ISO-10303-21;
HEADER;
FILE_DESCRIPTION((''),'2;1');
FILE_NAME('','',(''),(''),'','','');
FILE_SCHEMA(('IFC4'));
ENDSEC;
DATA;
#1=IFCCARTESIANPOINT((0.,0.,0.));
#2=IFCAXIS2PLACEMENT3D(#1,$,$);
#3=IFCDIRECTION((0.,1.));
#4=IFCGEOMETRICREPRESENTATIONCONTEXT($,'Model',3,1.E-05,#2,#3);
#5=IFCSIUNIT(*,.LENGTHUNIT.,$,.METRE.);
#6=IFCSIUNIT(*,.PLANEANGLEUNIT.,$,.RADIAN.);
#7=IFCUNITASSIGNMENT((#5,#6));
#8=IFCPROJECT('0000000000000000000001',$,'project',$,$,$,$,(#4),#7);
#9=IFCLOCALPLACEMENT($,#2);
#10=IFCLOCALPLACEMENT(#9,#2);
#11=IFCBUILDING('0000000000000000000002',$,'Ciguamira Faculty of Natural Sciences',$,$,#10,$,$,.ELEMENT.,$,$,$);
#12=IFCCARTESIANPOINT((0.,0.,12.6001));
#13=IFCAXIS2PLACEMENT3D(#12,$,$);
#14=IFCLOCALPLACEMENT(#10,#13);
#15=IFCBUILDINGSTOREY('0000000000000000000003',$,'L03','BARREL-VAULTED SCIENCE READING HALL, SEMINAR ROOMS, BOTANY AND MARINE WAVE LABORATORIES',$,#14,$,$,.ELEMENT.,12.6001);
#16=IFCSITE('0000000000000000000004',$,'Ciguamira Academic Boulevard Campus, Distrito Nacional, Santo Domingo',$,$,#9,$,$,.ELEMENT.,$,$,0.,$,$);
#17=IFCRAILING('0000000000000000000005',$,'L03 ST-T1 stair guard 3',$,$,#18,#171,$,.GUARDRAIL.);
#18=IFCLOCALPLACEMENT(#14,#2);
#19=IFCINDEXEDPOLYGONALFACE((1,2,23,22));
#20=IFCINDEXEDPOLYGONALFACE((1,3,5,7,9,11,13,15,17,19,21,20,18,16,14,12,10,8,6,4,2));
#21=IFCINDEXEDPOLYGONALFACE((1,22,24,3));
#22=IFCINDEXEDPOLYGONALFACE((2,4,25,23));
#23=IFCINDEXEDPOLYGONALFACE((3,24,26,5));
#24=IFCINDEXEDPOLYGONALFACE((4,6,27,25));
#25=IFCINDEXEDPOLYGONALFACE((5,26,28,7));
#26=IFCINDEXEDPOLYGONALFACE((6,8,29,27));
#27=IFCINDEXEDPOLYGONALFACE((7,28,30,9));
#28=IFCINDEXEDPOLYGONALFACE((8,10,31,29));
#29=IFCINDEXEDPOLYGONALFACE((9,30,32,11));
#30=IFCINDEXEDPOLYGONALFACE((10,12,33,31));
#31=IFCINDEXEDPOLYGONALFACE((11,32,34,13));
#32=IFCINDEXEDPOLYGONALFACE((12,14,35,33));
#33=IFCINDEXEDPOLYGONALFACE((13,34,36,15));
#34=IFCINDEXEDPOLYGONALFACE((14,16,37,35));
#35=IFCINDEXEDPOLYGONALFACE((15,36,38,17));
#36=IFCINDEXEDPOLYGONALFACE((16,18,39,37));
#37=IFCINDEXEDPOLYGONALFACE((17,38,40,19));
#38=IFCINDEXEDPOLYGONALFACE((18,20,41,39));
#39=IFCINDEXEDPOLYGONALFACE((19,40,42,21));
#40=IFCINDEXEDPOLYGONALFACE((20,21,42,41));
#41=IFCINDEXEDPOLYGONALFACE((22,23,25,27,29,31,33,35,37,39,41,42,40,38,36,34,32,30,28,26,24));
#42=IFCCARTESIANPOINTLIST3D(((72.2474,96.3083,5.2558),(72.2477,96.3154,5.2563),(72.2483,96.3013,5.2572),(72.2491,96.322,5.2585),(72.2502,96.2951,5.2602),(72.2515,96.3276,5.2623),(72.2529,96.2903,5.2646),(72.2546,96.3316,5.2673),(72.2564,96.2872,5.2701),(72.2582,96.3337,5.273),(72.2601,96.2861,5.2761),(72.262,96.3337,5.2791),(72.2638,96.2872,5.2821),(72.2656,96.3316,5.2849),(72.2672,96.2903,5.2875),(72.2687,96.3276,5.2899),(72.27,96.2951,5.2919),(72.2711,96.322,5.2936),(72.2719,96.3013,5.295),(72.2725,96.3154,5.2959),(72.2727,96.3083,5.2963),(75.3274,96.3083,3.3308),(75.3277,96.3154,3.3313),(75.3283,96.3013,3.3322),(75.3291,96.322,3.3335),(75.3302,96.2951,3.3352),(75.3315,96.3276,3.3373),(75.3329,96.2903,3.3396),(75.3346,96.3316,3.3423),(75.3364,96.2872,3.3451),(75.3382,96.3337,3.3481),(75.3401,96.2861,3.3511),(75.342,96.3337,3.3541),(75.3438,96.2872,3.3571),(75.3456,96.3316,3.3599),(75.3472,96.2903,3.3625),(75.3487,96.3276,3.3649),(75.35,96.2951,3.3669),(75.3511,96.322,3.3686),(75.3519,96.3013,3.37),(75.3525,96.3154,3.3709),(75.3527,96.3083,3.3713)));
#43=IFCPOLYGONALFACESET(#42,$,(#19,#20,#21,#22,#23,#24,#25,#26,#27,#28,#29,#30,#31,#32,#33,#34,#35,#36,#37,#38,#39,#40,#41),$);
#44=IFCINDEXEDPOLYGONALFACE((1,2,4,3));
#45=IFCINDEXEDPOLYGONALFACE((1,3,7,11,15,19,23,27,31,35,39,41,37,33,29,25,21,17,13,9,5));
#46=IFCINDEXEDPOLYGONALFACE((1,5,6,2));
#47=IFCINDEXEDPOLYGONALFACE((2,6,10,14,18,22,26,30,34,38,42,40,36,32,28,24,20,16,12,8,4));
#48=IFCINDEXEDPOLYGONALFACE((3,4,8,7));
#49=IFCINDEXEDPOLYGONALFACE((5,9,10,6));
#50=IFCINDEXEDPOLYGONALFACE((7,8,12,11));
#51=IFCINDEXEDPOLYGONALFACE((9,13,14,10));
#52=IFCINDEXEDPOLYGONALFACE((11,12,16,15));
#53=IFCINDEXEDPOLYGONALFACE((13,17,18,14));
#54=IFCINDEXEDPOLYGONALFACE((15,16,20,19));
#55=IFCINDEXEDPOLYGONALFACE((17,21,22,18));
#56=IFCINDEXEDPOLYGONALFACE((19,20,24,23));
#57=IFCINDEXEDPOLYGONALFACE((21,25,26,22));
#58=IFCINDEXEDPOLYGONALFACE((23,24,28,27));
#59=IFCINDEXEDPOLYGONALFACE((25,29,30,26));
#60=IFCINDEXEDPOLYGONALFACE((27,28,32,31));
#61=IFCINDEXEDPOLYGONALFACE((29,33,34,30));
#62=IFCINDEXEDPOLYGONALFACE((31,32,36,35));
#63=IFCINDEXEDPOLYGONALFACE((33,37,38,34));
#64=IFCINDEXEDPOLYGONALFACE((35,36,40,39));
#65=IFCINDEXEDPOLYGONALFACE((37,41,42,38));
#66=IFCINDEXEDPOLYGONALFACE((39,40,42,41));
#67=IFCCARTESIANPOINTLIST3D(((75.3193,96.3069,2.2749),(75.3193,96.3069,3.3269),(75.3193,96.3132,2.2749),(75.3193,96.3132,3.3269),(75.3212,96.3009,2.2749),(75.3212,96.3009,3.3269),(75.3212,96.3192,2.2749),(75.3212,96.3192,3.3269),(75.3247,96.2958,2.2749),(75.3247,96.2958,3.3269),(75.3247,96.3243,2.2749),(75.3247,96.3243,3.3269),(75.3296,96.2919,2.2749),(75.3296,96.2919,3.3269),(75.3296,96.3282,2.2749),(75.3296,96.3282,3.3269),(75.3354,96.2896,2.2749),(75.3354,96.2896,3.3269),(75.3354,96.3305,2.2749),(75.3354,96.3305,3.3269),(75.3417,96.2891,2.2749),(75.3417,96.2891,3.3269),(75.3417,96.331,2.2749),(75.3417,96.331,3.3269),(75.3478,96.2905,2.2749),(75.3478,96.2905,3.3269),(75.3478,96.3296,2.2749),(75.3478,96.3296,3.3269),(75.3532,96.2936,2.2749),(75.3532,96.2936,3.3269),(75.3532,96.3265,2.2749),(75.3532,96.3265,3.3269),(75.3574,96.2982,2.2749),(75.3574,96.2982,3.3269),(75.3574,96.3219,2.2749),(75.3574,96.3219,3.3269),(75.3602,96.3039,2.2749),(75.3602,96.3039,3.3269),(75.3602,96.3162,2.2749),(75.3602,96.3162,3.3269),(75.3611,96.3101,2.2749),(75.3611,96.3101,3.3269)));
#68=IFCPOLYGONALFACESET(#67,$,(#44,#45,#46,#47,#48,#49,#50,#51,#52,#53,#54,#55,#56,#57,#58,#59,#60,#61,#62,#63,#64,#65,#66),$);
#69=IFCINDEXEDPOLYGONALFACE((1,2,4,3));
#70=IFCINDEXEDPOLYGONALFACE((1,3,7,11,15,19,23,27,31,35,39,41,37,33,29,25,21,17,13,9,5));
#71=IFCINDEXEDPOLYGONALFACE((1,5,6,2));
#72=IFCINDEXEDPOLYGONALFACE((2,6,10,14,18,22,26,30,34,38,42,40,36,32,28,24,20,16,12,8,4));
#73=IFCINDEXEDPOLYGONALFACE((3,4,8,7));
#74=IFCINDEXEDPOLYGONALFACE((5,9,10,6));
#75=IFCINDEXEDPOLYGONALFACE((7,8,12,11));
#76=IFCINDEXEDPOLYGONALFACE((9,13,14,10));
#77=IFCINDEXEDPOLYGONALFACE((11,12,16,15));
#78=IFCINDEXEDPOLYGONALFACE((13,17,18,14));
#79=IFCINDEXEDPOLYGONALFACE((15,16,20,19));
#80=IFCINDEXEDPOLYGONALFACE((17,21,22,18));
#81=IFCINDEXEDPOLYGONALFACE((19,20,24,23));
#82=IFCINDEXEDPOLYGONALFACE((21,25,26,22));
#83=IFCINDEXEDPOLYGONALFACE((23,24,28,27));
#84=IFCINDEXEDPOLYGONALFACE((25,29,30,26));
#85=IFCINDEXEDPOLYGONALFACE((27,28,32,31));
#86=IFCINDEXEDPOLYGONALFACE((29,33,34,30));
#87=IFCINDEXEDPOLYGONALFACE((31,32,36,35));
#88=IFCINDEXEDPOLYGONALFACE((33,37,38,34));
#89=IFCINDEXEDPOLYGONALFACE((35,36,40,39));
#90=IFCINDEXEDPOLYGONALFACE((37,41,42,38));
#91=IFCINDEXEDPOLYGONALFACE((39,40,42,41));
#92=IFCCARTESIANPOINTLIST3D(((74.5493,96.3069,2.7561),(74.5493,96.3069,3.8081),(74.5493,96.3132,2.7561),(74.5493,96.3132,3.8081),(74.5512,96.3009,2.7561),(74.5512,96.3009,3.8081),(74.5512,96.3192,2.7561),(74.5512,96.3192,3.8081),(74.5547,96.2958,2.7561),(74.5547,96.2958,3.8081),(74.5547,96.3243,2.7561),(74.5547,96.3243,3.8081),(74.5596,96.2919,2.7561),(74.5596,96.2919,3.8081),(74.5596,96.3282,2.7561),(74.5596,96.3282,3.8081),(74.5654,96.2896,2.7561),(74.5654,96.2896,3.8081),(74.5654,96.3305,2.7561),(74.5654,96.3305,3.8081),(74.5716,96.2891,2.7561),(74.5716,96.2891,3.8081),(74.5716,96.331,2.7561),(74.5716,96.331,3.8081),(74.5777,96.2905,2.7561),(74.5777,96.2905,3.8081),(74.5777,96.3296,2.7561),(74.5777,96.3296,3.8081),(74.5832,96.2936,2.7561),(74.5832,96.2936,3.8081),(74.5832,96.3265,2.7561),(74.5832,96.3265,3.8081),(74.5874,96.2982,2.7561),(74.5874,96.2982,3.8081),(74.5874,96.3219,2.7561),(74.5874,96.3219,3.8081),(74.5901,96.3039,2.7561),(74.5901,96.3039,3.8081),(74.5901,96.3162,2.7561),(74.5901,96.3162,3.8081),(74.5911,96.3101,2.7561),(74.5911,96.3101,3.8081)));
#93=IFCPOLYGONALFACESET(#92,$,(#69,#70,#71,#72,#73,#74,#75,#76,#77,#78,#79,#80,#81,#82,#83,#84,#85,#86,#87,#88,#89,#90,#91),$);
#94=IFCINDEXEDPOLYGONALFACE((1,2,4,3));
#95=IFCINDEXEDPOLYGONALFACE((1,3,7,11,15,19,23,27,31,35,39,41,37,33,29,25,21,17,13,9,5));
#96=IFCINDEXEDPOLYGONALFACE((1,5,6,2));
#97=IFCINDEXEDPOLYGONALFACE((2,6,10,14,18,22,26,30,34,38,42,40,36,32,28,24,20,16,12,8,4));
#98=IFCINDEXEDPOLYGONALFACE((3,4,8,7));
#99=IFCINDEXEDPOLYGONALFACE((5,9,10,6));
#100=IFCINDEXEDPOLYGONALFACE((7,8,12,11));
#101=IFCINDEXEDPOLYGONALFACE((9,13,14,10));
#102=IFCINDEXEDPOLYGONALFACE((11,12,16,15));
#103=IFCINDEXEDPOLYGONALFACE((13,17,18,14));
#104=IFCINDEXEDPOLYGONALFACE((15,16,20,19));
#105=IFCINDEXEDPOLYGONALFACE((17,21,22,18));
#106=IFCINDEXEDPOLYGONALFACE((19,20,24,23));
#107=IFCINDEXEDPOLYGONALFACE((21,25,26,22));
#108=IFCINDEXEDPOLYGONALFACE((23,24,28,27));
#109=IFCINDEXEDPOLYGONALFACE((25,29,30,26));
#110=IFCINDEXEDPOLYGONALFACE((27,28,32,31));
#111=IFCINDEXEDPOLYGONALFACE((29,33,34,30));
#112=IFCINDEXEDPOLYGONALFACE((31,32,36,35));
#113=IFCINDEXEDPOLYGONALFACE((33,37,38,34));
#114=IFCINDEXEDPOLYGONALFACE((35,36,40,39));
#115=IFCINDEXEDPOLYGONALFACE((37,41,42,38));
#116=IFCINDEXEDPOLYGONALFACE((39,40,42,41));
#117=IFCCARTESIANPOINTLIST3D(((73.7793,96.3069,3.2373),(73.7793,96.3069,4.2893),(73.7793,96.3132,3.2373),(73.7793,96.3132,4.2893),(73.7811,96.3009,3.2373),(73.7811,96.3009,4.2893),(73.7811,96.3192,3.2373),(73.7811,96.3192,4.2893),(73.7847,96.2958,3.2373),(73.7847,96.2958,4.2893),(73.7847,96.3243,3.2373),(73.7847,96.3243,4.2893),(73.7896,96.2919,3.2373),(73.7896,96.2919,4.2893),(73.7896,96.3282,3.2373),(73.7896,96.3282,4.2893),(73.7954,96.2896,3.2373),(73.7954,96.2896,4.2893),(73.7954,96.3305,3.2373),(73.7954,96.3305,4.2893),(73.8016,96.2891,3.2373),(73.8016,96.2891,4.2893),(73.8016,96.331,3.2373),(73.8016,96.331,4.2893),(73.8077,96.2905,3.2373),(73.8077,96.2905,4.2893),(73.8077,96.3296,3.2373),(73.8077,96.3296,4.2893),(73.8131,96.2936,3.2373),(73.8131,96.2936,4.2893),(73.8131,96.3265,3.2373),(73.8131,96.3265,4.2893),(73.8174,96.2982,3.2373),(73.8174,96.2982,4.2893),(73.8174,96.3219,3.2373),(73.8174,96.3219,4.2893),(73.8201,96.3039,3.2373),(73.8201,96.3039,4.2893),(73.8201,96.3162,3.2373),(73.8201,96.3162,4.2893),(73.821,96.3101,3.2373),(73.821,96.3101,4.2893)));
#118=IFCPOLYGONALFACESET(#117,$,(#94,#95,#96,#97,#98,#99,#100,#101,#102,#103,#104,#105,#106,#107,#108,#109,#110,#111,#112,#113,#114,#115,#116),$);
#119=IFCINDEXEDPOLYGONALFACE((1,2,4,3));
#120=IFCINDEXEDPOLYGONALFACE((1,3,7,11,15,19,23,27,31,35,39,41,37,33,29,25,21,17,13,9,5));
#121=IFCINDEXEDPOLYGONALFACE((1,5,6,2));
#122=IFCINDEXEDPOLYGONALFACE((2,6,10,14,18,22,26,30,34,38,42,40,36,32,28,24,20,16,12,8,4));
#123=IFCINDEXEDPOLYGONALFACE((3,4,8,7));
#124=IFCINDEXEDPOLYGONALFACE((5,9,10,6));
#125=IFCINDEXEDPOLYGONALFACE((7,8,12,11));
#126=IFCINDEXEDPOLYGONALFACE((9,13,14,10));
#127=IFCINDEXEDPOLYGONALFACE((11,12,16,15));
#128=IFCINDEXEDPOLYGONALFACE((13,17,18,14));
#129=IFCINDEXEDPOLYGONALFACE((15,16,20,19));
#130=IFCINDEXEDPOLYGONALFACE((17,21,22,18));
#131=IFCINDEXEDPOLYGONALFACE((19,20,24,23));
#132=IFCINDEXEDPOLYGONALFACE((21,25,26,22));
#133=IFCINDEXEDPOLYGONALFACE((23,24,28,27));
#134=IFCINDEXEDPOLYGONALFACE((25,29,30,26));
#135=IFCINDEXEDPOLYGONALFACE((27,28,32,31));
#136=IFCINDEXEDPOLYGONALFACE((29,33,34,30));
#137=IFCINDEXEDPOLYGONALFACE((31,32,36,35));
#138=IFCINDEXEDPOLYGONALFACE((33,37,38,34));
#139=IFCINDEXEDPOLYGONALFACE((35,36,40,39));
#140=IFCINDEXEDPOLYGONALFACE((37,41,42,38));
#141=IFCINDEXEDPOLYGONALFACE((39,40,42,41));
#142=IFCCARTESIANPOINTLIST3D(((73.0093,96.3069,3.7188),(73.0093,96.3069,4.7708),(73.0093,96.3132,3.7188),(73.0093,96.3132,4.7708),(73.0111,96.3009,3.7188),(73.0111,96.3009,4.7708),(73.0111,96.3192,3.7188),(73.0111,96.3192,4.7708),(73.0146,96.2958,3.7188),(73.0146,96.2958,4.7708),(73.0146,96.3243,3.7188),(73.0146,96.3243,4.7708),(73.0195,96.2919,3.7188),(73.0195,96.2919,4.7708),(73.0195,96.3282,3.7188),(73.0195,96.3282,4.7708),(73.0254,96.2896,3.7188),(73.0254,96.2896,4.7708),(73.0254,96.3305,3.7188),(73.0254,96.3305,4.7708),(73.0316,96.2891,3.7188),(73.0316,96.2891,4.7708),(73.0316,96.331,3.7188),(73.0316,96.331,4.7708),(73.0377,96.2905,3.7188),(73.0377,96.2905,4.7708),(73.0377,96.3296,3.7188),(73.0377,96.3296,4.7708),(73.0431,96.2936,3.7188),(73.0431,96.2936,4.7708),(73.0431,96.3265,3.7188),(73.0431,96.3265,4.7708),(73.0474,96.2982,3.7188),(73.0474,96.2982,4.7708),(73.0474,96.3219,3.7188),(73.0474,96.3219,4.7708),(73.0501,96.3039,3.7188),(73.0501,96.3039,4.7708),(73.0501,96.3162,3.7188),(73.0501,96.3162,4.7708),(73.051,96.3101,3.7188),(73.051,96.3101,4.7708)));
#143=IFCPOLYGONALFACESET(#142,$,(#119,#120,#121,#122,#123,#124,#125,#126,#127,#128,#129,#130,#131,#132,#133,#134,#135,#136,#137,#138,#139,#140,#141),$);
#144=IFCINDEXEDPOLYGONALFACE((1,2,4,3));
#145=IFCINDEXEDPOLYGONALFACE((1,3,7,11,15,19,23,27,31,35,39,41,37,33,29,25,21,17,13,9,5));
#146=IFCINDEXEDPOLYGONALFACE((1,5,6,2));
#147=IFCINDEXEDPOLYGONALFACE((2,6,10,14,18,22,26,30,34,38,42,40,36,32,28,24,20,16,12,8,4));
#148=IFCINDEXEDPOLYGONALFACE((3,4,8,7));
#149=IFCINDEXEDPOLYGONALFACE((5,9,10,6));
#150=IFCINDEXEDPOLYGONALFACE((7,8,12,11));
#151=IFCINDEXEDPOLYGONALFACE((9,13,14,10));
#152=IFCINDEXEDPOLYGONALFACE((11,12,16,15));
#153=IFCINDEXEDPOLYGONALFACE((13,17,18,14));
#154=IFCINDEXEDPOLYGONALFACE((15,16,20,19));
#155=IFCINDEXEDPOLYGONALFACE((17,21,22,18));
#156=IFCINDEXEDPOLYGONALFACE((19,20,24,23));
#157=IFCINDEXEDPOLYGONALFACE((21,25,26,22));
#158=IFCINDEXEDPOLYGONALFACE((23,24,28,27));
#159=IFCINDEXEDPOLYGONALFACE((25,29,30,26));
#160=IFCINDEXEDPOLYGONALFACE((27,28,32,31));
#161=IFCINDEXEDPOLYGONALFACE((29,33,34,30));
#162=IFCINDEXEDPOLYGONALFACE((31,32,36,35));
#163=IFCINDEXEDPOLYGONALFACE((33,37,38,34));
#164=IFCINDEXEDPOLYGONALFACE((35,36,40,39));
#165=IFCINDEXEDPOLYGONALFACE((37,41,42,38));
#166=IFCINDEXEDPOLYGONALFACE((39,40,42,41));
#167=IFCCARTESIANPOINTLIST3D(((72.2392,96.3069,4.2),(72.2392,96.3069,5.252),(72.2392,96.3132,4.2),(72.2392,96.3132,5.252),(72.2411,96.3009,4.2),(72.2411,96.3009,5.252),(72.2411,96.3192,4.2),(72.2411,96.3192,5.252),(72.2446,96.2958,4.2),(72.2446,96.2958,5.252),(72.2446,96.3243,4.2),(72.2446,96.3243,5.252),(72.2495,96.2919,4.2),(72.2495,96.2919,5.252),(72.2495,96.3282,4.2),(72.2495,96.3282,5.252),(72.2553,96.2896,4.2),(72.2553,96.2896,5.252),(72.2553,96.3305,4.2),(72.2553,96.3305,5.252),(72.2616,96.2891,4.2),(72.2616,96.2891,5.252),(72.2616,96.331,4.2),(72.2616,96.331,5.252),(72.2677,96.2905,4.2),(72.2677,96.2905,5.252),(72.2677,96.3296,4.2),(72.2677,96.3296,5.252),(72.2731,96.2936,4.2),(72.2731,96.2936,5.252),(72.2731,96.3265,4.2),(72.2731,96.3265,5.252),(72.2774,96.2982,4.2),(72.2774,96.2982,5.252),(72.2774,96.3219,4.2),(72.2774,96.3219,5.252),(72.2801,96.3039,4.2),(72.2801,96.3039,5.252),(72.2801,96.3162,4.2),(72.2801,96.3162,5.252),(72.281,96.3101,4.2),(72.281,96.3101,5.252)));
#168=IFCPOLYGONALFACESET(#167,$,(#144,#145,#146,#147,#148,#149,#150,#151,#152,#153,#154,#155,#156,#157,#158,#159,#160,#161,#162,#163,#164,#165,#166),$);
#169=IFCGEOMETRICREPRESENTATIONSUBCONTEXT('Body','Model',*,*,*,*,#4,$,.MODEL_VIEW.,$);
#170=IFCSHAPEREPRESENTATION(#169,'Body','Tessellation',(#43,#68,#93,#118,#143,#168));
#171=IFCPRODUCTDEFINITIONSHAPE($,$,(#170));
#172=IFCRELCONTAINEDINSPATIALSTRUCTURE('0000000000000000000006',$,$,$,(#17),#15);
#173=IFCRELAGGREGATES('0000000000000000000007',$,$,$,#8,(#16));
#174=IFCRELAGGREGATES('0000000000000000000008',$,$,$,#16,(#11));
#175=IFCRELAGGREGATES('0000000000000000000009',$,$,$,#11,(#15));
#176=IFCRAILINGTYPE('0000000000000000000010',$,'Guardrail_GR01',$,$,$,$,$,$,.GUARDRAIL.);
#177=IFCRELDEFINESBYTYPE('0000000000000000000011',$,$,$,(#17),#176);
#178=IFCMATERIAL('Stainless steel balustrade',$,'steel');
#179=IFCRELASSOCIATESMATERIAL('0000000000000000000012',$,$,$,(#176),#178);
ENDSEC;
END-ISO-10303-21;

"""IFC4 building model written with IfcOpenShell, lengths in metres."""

from ifc_helpers import new_model, si_unit, direction, frame, origin, origin_2d, place, context, subcontext, project, spatial, circle, extrude, material, type_object, element, save


model = new_model("IFC4")

# Units and contexts
model_context = context("Model", 3, precision=1e-05, world=origin(), true_north=direction((0.0, 1.0)))
body_context = subcontext(model_context, "Body", "Model", "MODEL_VIEW")
ifc_project = project(units=[si_unit("LENGTHUNIT", "METRE"), si_unit("PLANEANGLEUNIT", "RADIAN")], contexts=[model_context])

# Site, building, storey
site_placement = place(None, origin())
site = spatial("IfcSite", under=ifc_project, at=site_placement, Name="Ciguamira Academic Boulevard Campus, Distrito Nacional, Santo Domingo", CompositionType="ELEMENT", RefElevation=0.0)
building_placement = place(site_placement, origin())
building = spatial("IfcBuilding", under=site, at=building_placement, Name="Ciguamira Faculty of Natural Sciences", CompositionType="ELEMENT")
storey_placement = place(building_placement, frame((0.0, 0.0, 12.6001)))
storey = spatial("IfcBuildingStorey", under=building, at=storey_placement, Name="L03", Description="BARREL-VAULTED SCIENCE READING HALL, SEMINAR ROOMS, BOTANY AND MARINE WAVE LABORATORIES", CompositionType="ELEMENT", Elevation=12.6001)

# Railing
ifc_material_1 = material(Name="Stainless steel balustrade", Category="steel")
railing_type_1 = type_object("IfcRailingType", Name="Guardrail_GR01", PredefinedType="GUARDRAIL", material=ifc_material_1)
railing_1_placement = place(storey_placement, frame((75.3401, 96.3101, 2.2749)))
element("IfcRailing", 1, at=railing_1_placement, inside=storey, type_object=railing_type_1, Name="L03 ST-T1 stair guard 3", PredefinedType="GUARDRAIL", context=body_context, shape_type="SweptSolid", body=[
    extrude(circle(Radius=0.0239, at=origin_2d()), frame((0.0, 0.0, 1.0762), z_axis=(-0.847998, 0.0, 0.529999), x_axis=(0.0, -1.0, 0.0)), (0.0, 0.0, 1.0), 3.6321),
    extrude(circle(Radius=0.021, at=origin_2d()), origin(), (0.0, 0.0, 1.0), 1.052),
    extrude(circle(Radius=0.021, at=origin_2d()), frame((-0.77, 0.0, 0.4812)), (0.0, 0.0, 1.0), 1.052),
    extrude(circle(Radius=0.021, at=origin_2d()), frame((-1.54, 0.0, 0.9624)), (0.0, 0.0, 1.0), 1.052),
    extrude(circle(Radius=0.021, at=origin_2d()), frame((-2.3101, 0.0, 1.4438)), (0.0, 0.0, 1.0), 1.052),
    extrude(circle(Radius=0.021, at=origin_2d()), frame((-3.0801, 0.0, 1.925)), (0.0, 0.0, 1.0), 1.052),
])

save(model, "model.ifc")
